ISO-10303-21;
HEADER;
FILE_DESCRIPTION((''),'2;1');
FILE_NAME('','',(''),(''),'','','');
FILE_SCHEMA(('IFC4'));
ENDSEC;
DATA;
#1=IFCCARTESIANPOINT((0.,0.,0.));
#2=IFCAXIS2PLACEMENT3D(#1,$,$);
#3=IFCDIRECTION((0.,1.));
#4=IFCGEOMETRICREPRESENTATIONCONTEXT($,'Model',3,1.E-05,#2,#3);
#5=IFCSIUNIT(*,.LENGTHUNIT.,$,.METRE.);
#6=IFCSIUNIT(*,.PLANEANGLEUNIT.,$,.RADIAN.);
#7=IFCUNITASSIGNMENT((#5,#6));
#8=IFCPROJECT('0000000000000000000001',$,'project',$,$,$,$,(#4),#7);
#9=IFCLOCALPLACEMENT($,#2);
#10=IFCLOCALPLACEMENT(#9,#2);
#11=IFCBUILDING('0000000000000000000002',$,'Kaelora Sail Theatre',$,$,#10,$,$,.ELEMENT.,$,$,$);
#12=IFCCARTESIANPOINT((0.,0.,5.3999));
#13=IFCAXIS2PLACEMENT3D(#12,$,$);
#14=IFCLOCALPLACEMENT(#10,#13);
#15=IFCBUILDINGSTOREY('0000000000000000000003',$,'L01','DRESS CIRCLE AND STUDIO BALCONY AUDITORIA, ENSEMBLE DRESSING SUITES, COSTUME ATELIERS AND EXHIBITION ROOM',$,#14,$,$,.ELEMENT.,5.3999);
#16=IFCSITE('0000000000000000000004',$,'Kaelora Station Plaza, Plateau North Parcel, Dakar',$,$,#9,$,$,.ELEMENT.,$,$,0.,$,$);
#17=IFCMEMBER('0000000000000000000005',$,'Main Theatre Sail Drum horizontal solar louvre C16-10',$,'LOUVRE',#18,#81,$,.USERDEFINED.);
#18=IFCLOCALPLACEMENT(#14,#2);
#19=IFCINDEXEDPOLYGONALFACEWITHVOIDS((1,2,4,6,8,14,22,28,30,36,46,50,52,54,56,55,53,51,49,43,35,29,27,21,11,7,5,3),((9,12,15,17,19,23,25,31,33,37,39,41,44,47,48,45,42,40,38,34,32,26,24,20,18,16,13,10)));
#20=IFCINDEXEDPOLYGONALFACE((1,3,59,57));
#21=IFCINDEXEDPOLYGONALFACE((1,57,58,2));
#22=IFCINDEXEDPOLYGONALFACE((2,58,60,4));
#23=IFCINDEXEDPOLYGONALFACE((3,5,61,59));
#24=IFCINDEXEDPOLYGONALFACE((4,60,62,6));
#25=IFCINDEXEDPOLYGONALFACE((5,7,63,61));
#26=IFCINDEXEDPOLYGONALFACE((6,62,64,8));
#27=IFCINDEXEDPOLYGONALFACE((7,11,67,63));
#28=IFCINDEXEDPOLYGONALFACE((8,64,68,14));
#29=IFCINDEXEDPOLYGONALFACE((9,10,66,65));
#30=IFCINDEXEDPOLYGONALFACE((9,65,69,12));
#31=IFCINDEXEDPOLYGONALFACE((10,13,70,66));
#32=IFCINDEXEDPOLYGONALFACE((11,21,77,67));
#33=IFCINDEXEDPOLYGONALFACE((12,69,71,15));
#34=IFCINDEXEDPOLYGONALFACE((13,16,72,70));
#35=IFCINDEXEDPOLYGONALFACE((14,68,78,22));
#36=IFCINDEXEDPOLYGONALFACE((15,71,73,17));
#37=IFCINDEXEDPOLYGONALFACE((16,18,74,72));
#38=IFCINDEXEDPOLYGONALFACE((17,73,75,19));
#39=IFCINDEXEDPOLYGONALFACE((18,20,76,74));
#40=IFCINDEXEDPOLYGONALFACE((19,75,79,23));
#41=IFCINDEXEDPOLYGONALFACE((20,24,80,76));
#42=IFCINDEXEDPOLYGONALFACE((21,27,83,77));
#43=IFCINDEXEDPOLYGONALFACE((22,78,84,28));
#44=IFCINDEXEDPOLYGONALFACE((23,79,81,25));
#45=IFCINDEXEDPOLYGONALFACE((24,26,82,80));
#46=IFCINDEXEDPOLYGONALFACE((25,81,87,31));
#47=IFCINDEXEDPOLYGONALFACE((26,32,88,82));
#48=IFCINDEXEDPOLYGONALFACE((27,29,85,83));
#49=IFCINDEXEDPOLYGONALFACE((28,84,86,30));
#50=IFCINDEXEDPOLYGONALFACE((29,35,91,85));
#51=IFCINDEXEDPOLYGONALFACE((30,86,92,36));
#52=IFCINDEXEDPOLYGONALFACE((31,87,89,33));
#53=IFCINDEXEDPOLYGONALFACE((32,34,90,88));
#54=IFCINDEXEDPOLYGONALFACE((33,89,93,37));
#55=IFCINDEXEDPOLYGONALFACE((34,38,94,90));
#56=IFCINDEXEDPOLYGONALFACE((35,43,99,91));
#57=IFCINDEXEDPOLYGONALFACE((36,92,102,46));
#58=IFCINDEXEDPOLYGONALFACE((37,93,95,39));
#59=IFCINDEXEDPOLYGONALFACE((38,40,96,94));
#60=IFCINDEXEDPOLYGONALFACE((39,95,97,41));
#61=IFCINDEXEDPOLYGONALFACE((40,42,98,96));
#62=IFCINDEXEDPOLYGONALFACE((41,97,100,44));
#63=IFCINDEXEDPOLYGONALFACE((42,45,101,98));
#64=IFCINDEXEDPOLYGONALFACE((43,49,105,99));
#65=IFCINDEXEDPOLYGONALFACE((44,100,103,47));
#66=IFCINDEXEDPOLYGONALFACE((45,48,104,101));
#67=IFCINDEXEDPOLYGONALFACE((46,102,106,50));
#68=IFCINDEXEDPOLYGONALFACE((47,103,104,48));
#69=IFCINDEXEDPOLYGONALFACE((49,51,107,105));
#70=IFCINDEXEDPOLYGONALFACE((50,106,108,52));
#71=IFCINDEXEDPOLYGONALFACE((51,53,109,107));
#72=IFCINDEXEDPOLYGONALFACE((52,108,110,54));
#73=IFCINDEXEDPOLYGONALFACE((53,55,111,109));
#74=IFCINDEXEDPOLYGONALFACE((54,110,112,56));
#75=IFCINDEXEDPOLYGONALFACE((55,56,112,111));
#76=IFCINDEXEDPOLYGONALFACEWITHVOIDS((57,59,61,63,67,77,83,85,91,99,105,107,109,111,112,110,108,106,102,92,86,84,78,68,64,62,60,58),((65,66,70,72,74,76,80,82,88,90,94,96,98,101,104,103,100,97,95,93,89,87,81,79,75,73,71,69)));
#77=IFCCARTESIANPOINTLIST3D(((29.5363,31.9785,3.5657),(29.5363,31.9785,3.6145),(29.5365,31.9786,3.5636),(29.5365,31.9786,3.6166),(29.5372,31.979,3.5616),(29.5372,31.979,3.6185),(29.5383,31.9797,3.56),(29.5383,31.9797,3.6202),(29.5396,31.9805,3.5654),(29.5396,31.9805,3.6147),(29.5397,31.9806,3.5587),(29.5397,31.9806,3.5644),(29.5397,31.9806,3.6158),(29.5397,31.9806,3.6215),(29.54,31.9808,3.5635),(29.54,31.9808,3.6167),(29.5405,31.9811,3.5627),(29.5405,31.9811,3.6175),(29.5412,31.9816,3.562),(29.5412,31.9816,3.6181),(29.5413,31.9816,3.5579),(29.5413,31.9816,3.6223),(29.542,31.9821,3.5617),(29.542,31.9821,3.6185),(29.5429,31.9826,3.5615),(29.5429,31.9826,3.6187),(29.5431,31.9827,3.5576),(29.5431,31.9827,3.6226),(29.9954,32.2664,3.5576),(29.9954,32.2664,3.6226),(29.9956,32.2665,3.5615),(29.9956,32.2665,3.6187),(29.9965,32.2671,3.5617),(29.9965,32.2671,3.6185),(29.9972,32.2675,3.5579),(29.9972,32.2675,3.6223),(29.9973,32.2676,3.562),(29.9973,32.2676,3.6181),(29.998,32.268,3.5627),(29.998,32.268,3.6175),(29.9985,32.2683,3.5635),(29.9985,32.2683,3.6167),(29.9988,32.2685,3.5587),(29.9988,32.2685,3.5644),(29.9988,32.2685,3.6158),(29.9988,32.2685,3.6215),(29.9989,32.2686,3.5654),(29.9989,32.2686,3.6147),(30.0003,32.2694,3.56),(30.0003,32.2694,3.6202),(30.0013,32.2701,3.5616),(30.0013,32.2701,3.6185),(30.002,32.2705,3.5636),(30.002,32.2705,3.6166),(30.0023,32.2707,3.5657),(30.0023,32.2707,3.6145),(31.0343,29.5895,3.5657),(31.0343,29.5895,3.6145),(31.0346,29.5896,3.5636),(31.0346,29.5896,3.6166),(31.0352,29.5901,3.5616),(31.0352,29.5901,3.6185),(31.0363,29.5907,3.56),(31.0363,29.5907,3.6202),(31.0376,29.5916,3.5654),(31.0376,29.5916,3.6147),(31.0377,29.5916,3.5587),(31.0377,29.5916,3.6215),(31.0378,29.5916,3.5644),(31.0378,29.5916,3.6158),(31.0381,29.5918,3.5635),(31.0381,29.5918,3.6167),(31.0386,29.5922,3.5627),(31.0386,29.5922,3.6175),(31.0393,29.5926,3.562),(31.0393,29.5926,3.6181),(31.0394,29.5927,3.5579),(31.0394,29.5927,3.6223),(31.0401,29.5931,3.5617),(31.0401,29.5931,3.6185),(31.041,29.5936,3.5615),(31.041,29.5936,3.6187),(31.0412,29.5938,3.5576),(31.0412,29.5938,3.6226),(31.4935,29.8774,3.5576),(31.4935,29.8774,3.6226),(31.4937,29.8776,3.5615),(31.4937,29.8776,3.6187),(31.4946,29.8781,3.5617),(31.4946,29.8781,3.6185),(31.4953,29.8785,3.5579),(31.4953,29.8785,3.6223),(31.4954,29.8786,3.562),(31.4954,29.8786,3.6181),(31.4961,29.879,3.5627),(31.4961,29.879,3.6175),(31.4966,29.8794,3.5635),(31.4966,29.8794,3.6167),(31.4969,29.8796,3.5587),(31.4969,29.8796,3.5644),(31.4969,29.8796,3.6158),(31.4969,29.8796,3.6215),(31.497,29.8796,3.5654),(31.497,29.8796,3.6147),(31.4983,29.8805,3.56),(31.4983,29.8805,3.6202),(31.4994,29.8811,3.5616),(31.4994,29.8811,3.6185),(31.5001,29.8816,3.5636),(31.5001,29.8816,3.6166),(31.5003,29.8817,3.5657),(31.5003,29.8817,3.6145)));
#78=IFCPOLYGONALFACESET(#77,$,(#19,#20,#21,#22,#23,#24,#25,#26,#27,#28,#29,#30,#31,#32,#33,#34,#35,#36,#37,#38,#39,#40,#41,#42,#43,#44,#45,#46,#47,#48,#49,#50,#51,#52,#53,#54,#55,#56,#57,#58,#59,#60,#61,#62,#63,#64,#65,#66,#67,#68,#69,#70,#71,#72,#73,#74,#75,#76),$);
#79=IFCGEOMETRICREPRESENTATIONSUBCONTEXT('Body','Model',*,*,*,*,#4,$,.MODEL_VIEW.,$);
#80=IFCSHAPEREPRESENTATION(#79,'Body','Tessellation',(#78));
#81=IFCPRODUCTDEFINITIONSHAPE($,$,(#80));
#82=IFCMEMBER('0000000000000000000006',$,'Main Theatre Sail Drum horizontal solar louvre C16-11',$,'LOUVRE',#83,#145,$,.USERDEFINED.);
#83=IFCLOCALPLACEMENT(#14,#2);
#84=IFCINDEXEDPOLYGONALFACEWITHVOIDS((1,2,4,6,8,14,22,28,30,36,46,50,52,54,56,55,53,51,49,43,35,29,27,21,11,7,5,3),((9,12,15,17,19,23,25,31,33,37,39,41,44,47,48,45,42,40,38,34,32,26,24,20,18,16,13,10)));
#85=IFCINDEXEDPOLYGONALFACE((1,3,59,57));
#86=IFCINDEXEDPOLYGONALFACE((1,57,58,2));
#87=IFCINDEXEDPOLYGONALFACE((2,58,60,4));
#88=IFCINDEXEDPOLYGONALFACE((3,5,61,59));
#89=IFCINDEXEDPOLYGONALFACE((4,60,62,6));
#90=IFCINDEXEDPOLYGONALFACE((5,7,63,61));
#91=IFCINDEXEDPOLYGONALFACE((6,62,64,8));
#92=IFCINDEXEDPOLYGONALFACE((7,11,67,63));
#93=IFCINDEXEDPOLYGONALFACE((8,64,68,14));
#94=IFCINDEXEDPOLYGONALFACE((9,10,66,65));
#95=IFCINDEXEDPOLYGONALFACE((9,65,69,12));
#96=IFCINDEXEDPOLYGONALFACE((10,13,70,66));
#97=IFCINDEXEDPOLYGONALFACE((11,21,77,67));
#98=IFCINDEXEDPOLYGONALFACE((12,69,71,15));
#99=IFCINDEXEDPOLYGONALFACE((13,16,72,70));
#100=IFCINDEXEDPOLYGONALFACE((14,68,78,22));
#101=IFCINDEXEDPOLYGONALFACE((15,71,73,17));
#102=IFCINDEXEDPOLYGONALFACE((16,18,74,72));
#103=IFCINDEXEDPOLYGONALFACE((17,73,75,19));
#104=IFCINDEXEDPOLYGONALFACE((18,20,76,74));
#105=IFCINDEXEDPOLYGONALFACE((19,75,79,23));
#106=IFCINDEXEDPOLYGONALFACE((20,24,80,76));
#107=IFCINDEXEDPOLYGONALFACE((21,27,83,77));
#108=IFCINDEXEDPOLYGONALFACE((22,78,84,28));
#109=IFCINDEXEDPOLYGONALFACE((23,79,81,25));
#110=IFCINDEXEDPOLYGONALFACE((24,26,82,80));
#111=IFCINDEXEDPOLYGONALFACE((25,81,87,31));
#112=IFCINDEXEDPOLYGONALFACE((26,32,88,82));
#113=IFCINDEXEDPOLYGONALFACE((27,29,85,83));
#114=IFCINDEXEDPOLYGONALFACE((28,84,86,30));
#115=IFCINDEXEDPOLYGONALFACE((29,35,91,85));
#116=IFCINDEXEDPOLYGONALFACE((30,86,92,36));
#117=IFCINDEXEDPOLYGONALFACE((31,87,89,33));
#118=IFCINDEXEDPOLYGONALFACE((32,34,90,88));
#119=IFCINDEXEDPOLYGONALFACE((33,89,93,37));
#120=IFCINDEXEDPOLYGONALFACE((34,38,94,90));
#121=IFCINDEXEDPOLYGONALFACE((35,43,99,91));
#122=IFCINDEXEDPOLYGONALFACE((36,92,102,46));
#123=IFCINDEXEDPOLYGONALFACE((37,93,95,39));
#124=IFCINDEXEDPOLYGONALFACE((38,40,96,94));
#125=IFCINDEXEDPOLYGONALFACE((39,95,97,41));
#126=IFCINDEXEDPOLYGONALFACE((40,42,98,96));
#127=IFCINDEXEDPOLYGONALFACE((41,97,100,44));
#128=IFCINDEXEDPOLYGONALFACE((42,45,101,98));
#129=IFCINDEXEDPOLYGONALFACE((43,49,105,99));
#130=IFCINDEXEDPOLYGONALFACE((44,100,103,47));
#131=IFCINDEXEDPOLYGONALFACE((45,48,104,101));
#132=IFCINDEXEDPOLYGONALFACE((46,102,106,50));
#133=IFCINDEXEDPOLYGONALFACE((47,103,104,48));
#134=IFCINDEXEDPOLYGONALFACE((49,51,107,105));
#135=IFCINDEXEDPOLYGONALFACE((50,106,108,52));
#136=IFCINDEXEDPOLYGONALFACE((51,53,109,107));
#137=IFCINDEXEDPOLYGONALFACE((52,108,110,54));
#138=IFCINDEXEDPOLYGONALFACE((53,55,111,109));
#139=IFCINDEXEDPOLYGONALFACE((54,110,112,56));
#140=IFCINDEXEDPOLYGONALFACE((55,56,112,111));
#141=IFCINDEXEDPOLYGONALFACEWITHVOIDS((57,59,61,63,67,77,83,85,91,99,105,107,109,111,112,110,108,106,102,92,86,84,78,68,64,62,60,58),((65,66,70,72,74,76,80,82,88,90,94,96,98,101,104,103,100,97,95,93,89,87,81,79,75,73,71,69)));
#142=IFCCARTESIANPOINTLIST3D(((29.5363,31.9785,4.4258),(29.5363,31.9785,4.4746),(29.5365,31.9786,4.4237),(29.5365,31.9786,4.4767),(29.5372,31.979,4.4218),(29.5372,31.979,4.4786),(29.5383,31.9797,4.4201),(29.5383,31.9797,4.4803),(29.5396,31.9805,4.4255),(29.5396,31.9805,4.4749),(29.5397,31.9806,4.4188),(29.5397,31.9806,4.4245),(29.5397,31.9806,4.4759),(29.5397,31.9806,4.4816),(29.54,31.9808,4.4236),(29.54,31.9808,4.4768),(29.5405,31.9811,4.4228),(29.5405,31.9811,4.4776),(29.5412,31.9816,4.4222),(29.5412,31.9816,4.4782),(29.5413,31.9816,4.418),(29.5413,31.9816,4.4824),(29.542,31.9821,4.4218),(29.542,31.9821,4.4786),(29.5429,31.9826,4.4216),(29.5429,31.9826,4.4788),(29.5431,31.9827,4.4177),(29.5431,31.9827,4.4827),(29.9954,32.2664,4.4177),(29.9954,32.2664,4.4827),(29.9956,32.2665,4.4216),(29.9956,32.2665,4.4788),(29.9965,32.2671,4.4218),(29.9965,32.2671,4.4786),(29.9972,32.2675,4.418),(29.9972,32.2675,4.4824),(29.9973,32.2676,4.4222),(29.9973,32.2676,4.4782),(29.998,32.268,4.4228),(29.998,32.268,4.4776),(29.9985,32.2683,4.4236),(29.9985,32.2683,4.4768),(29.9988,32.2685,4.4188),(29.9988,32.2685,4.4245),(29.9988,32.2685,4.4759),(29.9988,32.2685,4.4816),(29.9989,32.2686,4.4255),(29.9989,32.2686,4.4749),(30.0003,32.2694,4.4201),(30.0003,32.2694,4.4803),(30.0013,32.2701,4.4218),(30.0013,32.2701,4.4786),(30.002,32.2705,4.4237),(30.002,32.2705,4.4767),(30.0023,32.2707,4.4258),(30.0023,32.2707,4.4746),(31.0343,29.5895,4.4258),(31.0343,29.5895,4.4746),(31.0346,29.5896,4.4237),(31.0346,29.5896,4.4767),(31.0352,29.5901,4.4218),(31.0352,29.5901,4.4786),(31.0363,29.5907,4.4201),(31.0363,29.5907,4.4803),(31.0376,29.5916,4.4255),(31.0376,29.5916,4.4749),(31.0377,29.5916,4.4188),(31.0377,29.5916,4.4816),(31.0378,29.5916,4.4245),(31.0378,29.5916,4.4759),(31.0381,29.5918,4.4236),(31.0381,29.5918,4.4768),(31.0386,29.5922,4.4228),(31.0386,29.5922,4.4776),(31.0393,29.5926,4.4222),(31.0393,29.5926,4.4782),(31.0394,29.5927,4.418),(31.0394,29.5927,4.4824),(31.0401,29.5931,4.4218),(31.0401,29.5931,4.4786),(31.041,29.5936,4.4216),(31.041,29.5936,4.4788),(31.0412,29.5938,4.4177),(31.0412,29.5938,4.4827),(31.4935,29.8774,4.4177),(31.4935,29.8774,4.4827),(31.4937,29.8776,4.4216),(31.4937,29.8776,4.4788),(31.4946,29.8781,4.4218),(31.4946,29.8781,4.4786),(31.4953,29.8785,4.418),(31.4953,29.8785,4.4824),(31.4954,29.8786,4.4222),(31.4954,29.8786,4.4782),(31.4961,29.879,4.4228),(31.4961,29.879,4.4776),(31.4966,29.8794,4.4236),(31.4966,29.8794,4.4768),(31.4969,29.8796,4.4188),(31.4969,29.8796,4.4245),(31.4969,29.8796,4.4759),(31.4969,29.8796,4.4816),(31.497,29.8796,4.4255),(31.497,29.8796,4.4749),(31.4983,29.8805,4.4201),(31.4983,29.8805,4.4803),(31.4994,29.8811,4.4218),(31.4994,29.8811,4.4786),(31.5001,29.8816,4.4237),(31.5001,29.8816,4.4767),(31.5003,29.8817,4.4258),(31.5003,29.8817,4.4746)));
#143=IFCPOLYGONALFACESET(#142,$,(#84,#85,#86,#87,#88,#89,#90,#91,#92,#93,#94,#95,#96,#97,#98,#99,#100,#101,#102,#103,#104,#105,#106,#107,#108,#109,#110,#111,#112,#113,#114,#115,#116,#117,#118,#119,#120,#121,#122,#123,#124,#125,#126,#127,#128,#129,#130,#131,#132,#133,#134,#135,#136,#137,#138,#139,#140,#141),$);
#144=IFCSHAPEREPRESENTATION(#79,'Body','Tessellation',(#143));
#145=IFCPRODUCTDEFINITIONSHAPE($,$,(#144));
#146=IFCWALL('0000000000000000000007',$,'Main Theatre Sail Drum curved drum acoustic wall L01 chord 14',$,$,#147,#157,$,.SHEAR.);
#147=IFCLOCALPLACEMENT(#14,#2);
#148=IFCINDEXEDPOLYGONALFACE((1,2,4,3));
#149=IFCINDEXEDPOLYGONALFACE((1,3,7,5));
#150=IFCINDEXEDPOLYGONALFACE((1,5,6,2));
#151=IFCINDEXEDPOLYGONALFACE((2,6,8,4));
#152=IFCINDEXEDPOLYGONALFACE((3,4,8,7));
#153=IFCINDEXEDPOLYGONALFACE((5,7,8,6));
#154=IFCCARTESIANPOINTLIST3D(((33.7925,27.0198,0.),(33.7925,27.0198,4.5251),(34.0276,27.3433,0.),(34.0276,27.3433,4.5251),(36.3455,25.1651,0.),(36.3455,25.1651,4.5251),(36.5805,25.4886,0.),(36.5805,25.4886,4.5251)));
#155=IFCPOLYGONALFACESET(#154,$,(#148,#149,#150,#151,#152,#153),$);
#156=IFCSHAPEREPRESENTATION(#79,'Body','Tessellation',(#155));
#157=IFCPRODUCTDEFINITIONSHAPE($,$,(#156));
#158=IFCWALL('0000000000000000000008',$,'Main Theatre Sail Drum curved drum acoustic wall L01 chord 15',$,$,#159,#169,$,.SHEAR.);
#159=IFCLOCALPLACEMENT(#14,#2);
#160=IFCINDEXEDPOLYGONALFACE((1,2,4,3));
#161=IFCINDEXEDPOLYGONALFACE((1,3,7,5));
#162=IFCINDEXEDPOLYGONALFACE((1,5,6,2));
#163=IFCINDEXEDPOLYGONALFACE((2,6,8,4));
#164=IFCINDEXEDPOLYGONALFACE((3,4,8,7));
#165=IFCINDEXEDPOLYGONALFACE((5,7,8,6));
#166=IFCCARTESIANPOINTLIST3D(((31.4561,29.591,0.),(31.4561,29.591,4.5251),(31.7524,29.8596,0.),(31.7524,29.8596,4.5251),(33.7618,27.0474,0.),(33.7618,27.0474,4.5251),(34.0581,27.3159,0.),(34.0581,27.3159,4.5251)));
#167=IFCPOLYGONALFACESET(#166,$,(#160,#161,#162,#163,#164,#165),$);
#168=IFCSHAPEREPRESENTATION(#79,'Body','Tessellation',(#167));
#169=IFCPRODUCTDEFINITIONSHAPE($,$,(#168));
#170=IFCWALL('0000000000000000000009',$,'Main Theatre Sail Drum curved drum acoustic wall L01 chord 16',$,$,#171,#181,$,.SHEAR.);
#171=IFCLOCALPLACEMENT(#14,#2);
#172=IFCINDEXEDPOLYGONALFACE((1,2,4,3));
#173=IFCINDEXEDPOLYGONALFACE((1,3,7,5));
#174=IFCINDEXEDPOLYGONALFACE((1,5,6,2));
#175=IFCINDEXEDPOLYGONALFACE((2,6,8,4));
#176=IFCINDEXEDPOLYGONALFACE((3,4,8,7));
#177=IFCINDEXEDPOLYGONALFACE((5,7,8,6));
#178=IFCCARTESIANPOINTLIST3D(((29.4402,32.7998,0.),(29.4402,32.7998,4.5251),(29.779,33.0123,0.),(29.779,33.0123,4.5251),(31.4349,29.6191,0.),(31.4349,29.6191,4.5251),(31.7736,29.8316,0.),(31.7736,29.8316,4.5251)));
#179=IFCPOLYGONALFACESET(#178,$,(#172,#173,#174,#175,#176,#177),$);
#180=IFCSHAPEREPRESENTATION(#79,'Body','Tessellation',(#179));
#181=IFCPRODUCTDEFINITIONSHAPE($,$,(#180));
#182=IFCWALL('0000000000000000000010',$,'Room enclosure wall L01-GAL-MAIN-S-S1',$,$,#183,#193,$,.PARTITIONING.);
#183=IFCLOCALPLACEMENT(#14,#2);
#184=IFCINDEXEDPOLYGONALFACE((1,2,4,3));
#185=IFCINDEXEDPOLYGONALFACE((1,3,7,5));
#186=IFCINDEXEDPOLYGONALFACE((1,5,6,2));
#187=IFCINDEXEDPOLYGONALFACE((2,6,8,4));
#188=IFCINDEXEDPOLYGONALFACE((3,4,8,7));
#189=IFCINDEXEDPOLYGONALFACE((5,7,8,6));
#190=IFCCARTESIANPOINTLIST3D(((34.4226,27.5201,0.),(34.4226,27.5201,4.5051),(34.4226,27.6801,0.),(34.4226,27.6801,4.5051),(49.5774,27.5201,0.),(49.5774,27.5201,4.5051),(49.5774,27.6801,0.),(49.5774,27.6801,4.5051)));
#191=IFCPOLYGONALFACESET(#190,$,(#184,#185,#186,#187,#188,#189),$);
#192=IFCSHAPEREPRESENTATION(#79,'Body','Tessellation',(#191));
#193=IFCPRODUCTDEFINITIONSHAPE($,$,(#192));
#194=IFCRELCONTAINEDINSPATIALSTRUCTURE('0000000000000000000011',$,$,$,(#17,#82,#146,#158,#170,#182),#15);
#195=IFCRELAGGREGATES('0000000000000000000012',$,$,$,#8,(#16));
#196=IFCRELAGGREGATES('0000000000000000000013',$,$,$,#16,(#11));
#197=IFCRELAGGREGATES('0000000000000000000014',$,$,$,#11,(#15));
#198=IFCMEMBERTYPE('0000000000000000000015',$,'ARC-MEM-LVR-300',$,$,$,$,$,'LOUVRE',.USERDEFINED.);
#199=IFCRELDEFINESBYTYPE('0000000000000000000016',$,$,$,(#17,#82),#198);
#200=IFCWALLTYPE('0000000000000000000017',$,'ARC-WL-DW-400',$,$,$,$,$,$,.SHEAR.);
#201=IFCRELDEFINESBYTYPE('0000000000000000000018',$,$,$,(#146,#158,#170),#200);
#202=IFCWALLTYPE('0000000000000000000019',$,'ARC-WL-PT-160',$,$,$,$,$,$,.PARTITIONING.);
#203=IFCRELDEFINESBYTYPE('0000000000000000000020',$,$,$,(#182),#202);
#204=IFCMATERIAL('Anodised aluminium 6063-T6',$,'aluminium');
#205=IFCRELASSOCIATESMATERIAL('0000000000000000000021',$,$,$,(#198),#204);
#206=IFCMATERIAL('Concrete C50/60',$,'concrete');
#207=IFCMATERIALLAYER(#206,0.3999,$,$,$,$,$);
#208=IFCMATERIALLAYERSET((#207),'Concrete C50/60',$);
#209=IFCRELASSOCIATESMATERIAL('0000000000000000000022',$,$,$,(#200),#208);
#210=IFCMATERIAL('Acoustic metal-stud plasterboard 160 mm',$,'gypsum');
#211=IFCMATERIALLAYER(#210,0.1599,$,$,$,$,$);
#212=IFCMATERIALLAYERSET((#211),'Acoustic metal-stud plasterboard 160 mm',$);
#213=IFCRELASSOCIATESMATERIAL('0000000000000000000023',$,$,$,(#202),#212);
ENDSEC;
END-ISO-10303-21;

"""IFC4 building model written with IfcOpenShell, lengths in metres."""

from ifc_helpers import new_model, si_unit, direction, frame, frame_2d, origin, origin_2d, place, context, subcontext, project, spatial, rectangle, hollow_rectangle, extrude, material, layer, layer_set, material_profile, profile_set, type_object, element, save


model = new_model("IFC4")

# Units and contexts
model_context = context("Model", 3, precision=1e-05, world=origin(), true_north=direction((0.0, 1.0)))
body_context = subcontext(model_context, "Body", "Model", "MODEL_VIEW")
ifc_project = project(units=[si_unit("LENGTHUNIT", "METRE"), si_unit("PLANEANGLEUNIT", "RADIAN")], contexts=[model_context])

# Site, building, storey
site_placement = place(None, origin())
site = spatial("IfcSite", under=ifc_project, at=site_placement, Name="Kaelora Station Plaza, Plateau North Parcel, Dakar", CompositionType="ELEMENT", RefElevation=0.0)
building_placement = place(site_placement, origin())
building = spatial("IfcBuilding", under=site, at=building_placement, Name="Kaelora Sail Theatre", CompositionType="ELEMENT")
storey_placement = place(building_placement, frame((0.0, 0.0, 5.3999)))
storey = spatial("IfcBuildingStorey", under=building, at=storey_placement, Name="L01", Description="DRESS CIRCLE AND STUDIO BALCONY AUDITORIA, ENSEMBLE DRESSING SUITES, COSTUME ATELIERS AND EXHIBITION ROOM", CompositionType="ELEMENT", Elevation=5.3999)

# Members
ifc_material_1 = material(Name="Anodised aluminium 6063-T6", Category="aluminium")
ifc_material_profile_1 = material_profile(ifc_material_1, hollow_rectangle(XDim=0.55, YDim=0.0649, WallThickness=0.0039, InnerFilletRadius=0.0039, OuterFilletRadius=0.0081, at=origin_2d()), Name="LOUVRE 550x65x4")
ifc_profile_set_1 = profile_set([ifc_material_profile_1], Name="Anodised aluminium 6063-T6")
member_type = type_object("IfcMemberType", Name="ARC-MEM-LVR-300", ElementType="LOUVRE", PredefinedType="USERDEFINED", material=ifc_profile_set_1)
for number, where, z_axis, x_axis, name in (
    (1, (31.2673, 29.7356, 3.5901), (-0.531267, 0.847204, 0.0), (-0.847204, -0.531267, 0.0), "Main Theatre Sail Drum horizontal solar louvre C16-10"),
    (2, (31.2673, 29.7356, 4.4502), (-0.531267, 0.847204, 0.0), (-0.847204, -0.531267, 0.0), "Main Theatre Sail Drum horizontal solar louvre C16-11"),
):
    element("IfcMember", number, at=place(storey_placement, frame(where, z_axis=z_axis, x_axis=x_axis)), inside=storey, type_object=member_type, Name=name, ObjectType="LOUVRE", PredefinedType="USERDEFINED", context=body_context, shape_type="SweptSolid", body=[
        extrude(hollow_rectangle(XDim=0.55, YDim=0.0649, WallThickness=0.0039, InnerFilletRadius=0.0039, OuterFilletRadius=0.0081, at=origin_2d()), origin(), (0.0, 0.0, 1.0), 2.8198),
    ])

# Walls
ifc_material_2 = material(Name="Concrete C50/60", Category="concrete")
ifc_layer_1 = layer(ifc_material_2, 0.3999)
ifc_layer_set_1 = layer_set([ifc_layer_1], Name="Concrete C50/60")
wall_type_1 = type_object("IfcWallType", Name="ARC-WL-DW-400", PredefinedType="SHEAR", material=ifc_layer_set_1)
wall_1_placement = place(storey_placement, frame((36.4629, 25.3269, 0.0), z_axis=(0.0, 0.0, 1.0), x_axis=(-0.809034, 0.587762, 0.0)))
element("IfcWall", 3, at=wall_1_placement, inside=storey, type_object=wall_type_1, Name="Main Theatre Sail Drum curved drum acoustic wall L01 chord 14", PredefinedType="SHEAR", context=body_context, shape_type="SweptSolid", body=[
    extrude(rectangle(XDim=3.1555, YDim=0.3999, at=frame_2d((1.5776, 0.0))), origin(), (0.0, 0.0, 1.0), 4.5251),
])
wall_2_placement = place(storey_placement, frame((33.9099, 27.1816, 0.0), z_axis=(0.0, 0.0, 1.0), x_axis=(-0.671589, 0.740924, 0.0)))
element("IfcWall", 4, at=wall_2_placement, inside=storey, type_object=wall_type_1, Name="Main Theatre Sail Drum curved drum acoustic wall L01 chord 15", PredefinedType="SHEAR", context=body_context, shape_type="SweptSolid", body=[
    extrude(rectangle(XDim=3.4331, YDim=0.3999, at=frame_2d((1.7166, 0.0))), origin(), (0.0, 0.0, 1.0), 4.5251),
])
wall_3_placement = place(storey_placement, frame((31.6042, 29.7253, 0.0), z_axis=(0.0, 0.0, 1.0), x_axis=(-0.531284, 0.847194, 0.0)))
element("IfcWall", 5, at=wall_3_placement, inside=storey, type_object=wall_type_1, Name="Main Theatre Sail Drum curved drum acoustic wall L01 chord 16", PredefinedType="SHEAR", context=body_context, shape_type="SweptSolid", body=[
    extrude(rectangle(XDim=3.7544, YDim=0.3999, at=frame_2d((1.8772, 0.0))), origin(), (0.0, 0.0, 1.0), 4.5251),
])
ifc_material_3 = material(Name="Acoustic metal-stud plasterboard 160 mm", Category="gypsum")
ifc_layer_2 = layer(ifc_material_3, 0.1599)
ifc_layer_set_2 = layer_set([ifc_layer_2], Name="Acoustic metal-stud plasterboard 160 mm")
wall_type_2 = type_object("IfcWallType", Name="ARC-WL-PT-160", PredefinedType="PARTITIONING", material=ifc_layer_set_2)
wall_4_placement = place(storey_placement, frame((34.4226, 27.6001, 0.0), z_axis=(0.0, 0.0, 1.0), x_axis=(1.0, 0.0, 0.0)))
element("IfcWall", 6, at=wall_4_placement, inside=storey, type_object=wall_type_2, Name="Room enclosure wall L01-GAL-MAIN-S-S1", PredefinedType="PARTITIONING", context=body_context, shape_type="SweptSolid", body=[
    extrude(rectangle(XDim=15.1548, YDim=0.1599, at=frame_2d((7.5774, 0.0))), origin(), (0.0, 0.0, 1.0), 4.5051),
])

save(model, "model.ifc")
